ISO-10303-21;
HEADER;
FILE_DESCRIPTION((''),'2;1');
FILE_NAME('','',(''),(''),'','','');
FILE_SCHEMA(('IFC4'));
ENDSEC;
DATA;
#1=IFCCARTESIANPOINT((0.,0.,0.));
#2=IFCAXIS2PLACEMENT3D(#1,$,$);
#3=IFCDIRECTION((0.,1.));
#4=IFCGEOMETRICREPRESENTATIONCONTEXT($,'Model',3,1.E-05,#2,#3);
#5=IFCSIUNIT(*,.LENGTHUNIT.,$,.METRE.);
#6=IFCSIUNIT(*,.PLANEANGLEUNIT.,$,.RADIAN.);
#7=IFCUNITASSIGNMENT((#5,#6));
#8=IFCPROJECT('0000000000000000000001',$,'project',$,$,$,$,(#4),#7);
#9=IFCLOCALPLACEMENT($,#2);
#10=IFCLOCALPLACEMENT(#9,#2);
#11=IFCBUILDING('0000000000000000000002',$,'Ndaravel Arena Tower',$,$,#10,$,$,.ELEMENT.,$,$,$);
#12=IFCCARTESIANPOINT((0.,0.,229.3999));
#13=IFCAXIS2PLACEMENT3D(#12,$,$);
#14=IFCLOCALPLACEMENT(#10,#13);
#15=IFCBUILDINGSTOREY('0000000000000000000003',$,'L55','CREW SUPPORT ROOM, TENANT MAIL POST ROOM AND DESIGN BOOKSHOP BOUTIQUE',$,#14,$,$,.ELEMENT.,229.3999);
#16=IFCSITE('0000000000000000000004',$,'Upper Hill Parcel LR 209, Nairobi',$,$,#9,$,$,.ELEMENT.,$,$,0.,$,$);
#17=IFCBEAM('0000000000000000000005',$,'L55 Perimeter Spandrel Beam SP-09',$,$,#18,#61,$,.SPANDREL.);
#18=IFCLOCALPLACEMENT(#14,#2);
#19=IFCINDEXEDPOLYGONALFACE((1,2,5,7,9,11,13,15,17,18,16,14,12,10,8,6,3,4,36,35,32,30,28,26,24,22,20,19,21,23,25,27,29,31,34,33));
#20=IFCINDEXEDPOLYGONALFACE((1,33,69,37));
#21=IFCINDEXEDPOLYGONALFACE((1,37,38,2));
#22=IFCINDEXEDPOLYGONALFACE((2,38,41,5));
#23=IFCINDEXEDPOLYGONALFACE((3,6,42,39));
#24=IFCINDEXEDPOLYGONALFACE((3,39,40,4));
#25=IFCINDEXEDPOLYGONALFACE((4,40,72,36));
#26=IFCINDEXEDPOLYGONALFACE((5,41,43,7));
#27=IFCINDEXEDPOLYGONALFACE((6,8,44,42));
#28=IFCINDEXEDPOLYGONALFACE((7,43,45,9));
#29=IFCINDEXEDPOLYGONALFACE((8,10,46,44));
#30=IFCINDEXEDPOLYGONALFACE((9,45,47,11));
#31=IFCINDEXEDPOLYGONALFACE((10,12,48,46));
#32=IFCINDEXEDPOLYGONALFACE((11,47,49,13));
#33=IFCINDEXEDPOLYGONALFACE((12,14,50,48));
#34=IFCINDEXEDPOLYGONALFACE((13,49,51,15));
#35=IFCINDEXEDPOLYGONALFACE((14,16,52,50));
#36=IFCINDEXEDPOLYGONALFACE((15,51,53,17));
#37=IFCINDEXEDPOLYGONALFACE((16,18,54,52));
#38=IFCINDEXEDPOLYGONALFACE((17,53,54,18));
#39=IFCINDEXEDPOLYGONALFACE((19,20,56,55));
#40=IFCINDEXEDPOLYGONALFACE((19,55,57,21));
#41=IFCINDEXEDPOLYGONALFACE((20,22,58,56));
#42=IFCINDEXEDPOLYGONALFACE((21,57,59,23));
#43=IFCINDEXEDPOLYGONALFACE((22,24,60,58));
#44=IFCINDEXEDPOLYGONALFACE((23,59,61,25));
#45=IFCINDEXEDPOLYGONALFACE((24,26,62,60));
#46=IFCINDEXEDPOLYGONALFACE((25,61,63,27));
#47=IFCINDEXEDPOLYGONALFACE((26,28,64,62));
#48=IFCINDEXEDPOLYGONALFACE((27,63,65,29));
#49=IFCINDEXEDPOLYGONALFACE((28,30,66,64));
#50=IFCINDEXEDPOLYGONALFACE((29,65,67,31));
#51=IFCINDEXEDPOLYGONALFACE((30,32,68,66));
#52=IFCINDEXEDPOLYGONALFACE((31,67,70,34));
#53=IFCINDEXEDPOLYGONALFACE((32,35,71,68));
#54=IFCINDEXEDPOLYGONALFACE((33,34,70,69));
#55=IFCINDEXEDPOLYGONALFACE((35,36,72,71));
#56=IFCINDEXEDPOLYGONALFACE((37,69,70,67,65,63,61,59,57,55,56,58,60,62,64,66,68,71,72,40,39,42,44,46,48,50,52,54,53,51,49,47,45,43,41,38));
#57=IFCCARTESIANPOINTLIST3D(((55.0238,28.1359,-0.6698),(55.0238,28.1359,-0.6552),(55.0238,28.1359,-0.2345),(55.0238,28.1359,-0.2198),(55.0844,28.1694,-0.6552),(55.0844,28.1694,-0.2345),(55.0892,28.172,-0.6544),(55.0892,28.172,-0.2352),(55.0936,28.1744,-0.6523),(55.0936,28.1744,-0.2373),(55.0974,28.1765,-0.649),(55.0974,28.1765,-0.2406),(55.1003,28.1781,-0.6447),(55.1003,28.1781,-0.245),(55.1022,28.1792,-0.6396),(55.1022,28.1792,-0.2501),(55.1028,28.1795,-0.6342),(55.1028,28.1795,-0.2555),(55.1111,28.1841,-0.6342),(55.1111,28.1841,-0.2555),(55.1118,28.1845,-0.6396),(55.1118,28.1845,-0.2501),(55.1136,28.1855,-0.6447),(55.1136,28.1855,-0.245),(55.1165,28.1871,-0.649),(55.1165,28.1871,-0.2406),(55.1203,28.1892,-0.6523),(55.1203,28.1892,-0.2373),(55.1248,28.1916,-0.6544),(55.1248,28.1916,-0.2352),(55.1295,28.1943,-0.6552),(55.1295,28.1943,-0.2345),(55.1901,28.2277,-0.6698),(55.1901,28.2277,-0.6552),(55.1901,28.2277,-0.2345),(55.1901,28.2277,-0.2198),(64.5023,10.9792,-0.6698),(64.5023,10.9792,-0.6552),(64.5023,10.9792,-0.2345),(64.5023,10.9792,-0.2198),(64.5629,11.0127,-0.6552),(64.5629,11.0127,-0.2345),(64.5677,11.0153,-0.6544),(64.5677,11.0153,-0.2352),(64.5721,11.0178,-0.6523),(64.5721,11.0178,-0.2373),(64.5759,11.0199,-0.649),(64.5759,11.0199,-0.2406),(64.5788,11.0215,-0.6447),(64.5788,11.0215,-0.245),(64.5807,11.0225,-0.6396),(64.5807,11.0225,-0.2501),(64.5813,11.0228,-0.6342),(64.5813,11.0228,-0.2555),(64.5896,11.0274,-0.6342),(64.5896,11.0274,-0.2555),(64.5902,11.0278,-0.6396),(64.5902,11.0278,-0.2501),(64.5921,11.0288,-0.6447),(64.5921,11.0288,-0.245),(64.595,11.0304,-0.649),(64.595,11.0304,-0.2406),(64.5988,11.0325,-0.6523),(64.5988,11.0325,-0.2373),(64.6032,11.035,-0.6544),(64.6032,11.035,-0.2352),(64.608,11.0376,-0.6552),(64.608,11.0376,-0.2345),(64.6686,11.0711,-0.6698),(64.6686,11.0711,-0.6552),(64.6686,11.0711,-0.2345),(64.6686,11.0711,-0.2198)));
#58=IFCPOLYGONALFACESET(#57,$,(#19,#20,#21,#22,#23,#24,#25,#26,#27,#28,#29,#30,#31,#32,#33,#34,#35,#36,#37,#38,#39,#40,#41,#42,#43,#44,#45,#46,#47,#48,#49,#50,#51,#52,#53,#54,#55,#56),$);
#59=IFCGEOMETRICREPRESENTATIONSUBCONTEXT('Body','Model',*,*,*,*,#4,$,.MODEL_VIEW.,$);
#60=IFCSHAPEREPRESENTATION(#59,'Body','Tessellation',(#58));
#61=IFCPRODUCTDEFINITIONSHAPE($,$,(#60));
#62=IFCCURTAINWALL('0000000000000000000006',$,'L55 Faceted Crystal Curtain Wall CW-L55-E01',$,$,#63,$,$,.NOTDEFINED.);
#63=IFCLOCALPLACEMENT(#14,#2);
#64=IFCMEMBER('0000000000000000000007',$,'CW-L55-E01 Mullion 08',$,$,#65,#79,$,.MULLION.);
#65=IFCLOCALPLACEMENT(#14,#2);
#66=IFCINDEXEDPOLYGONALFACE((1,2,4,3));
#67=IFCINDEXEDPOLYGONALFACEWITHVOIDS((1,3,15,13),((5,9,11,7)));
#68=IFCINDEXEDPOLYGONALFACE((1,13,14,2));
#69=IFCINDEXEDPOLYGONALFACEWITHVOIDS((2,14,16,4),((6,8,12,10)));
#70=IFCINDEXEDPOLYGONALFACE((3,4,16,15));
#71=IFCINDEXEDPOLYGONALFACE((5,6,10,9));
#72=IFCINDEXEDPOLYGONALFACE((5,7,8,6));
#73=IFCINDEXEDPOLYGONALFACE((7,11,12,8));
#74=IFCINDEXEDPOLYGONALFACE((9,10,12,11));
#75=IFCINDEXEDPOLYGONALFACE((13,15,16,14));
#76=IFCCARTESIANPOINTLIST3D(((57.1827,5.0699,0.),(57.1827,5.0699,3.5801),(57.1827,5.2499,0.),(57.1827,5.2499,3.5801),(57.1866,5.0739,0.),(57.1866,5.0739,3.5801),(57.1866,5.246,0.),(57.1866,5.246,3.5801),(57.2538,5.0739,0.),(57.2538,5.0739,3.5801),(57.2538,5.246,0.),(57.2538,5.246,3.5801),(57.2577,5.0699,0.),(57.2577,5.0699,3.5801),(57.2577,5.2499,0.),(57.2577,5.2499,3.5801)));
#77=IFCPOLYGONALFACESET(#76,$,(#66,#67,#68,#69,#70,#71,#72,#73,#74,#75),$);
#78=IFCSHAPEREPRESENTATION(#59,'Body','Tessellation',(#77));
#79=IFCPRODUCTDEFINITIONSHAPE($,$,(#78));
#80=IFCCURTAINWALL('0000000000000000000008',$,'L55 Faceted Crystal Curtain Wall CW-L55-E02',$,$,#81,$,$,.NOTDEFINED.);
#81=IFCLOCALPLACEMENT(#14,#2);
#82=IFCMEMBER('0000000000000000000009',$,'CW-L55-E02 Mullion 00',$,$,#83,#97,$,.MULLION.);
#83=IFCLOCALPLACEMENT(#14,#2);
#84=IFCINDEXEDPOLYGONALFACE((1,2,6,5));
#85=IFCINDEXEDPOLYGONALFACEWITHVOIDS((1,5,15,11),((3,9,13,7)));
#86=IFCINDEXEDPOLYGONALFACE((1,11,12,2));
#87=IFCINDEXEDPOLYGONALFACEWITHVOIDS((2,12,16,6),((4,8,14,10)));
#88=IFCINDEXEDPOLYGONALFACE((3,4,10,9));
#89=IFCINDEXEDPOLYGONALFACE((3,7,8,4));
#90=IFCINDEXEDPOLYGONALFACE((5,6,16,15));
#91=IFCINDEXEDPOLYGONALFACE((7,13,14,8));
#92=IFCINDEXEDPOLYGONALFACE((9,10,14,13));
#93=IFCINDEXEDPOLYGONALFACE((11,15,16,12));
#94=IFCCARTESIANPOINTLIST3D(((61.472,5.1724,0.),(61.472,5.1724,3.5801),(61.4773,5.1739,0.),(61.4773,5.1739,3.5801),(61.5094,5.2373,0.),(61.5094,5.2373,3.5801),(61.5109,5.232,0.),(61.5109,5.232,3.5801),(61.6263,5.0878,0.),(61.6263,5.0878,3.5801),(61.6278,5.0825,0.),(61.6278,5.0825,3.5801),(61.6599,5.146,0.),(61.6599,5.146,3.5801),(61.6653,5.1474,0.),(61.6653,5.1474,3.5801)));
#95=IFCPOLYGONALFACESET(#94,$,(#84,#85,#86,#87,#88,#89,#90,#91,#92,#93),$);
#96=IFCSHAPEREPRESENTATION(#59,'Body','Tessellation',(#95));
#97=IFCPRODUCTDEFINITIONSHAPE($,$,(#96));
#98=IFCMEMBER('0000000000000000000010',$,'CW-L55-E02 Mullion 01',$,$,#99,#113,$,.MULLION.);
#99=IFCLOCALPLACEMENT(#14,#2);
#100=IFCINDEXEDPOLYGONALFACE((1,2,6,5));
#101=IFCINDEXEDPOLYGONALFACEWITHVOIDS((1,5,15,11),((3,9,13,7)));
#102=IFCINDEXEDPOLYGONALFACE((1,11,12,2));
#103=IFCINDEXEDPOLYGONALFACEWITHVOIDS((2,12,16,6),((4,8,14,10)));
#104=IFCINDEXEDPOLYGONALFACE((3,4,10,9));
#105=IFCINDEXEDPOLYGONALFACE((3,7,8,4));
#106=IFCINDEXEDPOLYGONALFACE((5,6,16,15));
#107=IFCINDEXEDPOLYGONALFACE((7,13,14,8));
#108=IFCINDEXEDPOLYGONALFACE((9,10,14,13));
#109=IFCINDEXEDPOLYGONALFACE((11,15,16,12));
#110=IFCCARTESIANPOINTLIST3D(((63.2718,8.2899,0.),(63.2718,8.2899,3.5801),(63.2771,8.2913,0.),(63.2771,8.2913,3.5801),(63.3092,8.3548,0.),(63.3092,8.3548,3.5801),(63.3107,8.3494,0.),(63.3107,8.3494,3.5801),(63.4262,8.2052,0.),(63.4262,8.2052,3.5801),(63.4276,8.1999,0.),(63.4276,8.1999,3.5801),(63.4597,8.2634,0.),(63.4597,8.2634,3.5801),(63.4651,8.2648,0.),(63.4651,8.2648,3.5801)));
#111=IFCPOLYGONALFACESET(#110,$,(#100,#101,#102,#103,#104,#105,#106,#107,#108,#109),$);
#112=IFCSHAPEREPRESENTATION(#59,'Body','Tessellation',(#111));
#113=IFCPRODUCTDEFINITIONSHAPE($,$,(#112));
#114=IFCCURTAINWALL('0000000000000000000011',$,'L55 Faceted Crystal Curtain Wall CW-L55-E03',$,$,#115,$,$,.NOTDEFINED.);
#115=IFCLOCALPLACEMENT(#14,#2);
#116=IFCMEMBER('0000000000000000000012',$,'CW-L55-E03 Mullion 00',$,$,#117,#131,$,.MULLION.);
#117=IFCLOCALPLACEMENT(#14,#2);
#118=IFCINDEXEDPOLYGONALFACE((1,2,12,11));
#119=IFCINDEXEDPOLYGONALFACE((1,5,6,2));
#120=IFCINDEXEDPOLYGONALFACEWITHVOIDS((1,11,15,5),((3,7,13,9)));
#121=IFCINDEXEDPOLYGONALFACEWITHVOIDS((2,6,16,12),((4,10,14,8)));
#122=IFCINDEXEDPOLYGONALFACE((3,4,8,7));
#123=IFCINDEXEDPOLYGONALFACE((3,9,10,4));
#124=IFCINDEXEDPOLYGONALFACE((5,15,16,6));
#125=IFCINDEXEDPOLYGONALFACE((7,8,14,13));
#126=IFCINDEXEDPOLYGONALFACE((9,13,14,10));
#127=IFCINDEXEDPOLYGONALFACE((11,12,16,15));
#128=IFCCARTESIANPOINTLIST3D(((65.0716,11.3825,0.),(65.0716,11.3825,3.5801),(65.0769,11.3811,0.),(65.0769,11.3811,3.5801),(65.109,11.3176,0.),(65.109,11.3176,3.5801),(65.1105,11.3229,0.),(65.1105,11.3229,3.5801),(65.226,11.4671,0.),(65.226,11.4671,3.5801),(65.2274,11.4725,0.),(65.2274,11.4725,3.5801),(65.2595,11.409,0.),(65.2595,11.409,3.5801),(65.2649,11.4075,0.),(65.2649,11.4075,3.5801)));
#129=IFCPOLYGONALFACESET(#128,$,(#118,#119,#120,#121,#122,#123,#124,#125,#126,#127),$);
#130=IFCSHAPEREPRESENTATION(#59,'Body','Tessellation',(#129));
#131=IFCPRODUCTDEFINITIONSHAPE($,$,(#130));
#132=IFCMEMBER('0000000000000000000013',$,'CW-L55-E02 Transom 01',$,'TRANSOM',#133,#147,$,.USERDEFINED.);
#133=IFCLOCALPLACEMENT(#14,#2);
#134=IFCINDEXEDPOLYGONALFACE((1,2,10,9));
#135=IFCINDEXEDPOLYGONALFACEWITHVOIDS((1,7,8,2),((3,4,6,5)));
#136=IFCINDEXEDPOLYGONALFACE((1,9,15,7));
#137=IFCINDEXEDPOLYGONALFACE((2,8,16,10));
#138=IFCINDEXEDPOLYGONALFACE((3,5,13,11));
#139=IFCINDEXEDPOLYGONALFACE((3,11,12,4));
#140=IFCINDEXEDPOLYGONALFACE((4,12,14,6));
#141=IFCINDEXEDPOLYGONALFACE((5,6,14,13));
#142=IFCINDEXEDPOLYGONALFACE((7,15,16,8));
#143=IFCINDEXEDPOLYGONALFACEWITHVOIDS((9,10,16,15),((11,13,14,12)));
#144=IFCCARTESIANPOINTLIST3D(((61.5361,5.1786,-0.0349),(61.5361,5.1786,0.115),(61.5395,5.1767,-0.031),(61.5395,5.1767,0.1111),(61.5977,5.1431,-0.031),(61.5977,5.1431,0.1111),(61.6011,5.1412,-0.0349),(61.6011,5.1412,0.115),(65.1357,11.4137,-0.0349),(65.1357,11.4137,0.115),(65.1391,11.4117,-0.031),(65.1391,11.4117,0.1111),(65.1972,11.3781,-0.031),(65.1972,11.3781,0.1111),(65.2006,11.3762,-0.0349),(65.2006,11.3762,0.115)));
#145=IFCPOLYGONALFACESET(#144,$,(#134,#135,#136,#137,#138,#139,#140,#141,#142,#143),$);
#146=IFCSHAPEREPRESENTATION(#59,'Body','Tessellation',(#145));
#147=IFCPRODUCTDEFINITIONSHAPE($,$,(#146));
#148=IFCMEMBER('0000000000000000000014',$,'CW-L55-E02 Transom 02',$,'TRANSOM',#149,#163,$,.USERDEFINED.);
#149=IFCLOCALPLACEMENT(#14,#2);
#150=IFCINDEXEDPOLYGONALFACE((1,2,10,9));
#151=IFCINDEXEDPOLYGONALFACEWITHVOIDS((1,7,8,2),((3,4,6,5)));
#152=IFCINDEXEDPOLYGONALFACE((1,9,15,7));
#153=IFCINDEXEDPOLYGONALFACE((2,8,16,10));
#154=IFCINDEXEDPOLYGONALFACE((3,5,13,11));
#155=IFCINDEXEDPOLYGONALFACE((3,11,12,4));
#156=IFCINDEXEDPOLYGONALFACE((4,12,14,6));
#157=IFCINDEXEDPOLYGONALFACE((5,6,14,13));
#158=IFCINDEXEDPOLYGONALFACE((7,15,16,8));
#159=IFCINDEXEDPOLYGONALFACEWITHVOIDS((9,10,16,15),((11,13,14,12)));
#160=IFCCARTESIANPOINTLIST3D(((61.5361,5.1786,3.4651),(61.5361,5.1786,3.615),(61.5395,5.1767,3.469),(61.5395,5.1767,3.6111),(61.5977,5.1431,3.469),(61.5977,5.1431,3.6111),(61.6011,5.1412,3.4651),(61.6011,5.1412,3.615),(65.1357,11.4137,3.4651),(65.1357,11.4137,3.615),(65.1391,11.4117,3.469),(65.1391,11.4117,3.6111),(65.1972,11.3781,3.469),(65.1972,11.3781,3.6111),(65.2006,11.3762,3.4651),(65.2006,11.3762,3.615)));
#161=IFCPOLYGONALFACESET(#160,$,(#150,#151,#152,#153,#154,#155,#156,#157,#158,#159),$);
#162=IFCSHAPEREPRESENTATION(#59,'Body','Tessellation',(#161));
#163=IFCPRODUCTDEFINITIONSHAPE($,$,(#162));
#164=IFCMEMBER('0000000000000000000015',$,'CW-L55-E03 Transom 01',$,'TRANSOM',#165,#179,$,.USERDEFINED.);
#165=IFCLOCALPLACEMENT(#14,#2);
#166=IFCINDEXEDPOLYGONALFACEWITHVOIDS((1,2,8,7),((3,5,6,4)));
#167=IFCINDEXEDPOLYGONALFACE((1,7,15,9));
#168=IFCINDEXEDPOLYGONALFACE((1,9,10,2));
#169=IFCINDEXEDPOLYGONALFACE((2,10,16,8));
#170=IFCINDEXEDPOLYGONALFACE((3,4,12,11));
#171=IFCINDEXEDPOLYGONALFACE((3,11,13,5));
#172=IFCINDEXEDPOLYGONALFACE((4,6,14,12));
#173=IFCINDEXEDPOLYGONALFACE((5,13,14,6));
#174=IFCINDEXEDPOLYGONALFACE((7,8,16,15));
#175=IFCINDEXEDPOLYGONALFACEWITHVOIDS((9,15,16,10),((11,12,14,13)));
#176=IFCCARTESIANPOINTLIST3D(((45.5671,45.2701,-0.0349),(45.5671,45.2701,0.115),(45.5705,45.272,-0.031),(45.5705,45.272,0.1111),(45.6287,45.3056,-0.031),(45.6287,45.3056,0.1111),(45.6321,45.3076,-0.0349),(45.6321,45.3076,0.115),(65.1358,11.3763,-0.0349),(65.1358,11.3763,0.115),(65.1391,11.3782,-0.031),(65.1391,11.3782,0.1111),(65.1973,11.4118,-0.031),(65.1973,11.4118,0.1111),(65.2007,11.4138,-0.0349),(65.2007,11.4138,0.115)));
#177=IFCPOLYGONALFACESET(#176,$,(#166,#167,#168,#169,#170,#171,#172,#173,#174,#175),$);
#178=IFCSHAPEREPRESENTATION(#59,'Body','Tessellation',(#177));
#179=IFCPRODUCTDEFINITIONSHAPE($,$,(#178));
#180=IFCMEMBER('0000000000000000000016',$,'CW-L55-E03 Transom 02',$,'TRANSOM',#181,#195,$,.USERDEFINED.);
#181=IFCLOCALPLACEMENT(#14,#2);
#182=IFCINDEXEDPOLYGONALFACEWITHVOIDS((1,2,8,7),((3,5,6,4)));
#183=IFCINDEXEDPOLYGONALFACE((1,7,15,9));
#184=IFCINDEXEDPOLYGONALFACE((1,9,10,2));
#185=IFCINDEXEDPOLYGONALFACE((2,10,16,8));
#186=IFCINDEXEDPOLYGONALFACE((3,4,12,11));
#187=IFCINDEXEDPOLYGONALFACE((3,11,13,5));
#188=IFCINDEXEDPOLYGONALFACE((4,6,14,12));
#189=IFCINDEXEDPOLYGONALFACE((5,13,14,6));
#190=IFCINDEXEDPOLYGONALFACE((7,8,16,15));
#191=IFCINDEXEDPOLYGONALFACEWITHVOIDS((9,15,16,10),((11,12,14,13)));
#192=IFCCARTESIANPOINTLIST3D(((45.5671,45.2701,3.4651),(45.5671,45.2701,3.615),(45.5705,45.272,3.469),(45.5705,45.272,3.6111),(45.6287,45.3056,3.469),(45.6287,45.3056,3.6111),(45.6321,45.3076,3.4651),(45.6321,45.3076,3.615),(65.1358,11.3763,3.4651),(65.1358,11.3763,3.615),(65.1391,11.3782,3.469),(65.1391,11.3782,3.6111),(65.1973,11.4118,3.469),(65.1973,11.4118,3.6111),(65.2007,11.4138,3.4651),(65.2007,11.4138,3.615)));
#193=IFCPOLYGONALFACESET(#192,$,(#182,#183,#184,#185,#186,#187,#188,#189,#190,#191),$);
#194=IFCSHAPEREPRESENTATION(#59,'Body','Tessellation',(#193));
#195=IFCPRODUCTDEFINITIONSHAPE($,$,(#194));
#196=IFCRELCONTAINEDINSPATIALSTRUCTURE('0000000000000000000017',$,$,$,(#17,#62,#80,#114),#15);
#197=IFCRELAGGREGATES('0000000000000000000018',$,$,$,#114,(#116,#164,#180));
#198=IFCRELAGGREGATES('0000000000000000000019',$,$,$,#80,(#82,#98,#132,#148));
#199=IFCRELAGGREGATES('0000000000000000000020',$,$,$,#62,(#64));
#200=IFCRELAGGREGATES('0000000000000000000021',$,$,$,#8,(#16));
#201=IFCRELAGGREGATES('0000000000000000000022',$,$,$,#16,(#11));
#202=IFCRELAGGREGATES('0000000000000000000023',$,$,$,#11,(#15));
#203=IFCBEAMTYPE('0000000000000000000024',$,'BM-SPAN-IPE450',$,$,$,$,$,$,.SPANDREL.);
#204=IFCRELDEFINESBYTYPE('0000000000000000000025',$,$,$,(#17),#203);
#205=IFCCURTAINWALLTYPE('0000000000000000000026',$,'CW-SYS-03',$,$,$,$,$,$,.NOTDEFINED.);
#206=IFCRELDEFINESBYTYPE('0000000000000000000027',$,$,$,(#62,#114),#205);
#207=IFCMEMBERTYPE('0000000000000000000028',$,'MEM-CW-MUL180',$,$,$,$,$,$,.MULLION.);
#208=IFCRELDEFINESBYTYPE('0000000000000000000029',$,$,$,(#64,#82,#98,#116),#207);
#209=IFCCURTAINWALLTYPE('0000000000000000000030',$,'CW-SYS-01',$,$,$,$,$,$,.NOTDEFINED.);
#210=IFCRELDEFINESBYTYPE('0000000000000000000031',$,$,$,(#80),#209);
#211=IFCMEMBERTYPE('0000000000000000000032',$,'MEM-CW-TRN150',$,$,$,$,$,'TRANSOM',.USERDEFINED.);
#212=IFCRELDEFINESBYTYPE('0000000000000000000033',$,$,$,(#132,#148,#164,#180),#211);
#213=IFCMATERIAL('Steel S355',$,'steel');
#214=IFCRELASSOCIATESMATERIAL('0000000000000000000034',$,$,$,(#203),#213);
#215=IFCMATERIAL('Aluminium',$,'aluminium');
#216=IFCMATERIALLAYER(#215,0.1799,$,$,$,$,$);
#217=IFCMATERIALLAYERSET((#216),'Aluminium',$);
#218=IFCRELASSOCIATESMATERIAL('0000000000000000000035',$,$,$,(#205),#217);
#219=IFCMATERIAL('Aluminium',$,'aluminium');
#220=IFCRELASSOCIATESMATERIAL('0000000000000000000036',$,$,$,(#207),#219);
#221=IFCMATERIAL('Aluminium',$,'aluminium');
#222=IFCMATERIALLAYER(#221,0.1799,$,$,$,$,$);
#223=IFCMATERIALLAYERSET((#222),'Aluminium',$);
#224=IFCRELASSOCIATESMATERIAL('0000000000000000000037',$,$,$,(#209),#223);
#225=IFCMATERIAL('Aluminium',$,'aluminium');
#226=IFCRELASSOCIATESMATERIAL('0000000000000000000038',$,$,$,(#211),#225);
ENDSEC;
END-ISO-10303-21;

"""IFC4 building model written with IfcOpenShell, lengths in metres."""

from ifc_helpers import new_model, si_unit, direction, frame, origin, origin_2d, place, context, subcontext, project, spatial, hollow_rectangle, i_section, extrude, material, layer, layer_set, material_profile, profile_set, type_object, element, aggregate, save


model = new_model("IFC4")

# Units and contexts
model_context = context("Model", 3, precision=1e-05, world=origin(), true_north=direction((0.0, 1.0)))
body_context = subcontext(model_context, "Body", "Model", "MODEL_VIEW")
ifc_project = project(units=[si_unit("LENGTHUNIT", "METRE"), si_unit("PLANEANGLEUNIT", "RADIAN")], contexts=[model_context])

# Site, building, storey
site_placement = place(None, origin())
site = spatial("IfcSite", under=ifc_project, at=site_placement, Name="Upper Hill Parcel LR 209, Nairobi", CompositionType="ELEMENT", RefElevation=0.0)
building_placement = place(site_placement, origin())
building = spatial("IfcBuilding", under=site, at=building_placement, Name="Ndaravel Arena Tower", CompositionType="ELEMENT")
storey_placement = place(building_placement, frame((0.0, 0.0, 229.3999)))
storey = spatial("IfcBuildingStorey", under=building, at=storey_placement, Name="L55", Description="CREW SUPPORT ROOM, TENANT MAIL POST ROOM AND DESIGN BOOKSHOP BOUTIQUE", CompositionType="ELEMENT", Elevation=229.3999)

# Beam
ifc_material_1 = material(Name="Steel S355", Category="steel")
ifc_material_profile_1 = material_profile(ifc_material_1, i_section(OverallWidth=0.1899, OverallDepth=0.45, WebThickness=0.0095, FlangeThickness=0.0146, FilletRadius=0.021, at=origin_2d()), Name="IPE 450")
ifc_profile_set_1 = profile_set([ifc_material_profile_1], Name="Steel S355")
beam_type = type_object("IfcBeamType", Name="BM-SPAN-IPE450", PredefinedType="SPANDREL", material=ifc_profile_set_1)
beam_1_placement = place(storey_placement, frame((64.5854, 11.0251, -0.4448), z_axis=(-0.483575, 0.875303, 0.0), x_axis=(-0.875303, -0.483575, 0.0)))
element("IfcBeam", 1, at=beam_1_placement, inside=storey, type_object=beam_type, Name="L55 Perimeter Spandrel Beam SP-09", PredefinedType="SPANDREL", context=body_context, shape_type="SweptSolid", body=[
    extrude(i_section(OverallWidth=0.1899, OverallDepth=0.45, WebThickness=0.0095, FlangeThickness=0.0146, FilletRadius=0.021, at=origin_2d()), origin(), (0.0, 0.0, 1.0), 19.6008),
])

# Curtain wall, member
ifc_material_2 = material(Name="Aluminium", Category="aluminium")
ifc_layer_1 = layer(ifc_material_2, 0.1799)
ifc_layer_set_1 = layer_set([ifc_layer_1], Name="Aluminium")
curtain_wall_type_1 = type_object("IfcCurtainWallType", Name="CW-SYS-03", PredefinedType="NOTDEFINED", material=ifc_layer_set_1)
curtain_wall_1_placement = place(storey_placement, origin())
curtain_wall_1 = element("IfcCurtainWall", 2, at=curtain_wall_1_placement, inside=storey, type_object=curtain_wall_type_1, Name="L55 Faceted Crystal Curtain Wall CW-L55-E01", PredefinedType="NOTDEFINED")
ifc_material_3 = material(Name="Aluminium", Category="aluminium")
ifc_material_profile_2 = material_profile(ifc_material_3, hollow_rectangle(XDim=0.075, YDim=0.1799, WallThickness=0.0039, at=origin_2d()), Name="CW MULLION 75x180x4")
ifc_profile_set_2 = profile_set([ifc_material_profile_2], Name="Aluminium")
member_type_1 = type_object("IfcMemberType", Name="MEM-CW-MUL180", PredefinedType="MULLION", material=ifc_profile_set_2)
member_1_placement = place(storey_placement, frame((57.2202, 5.1599, 0.0), z_axis=(0.0, 0.0, 1.0), x_axis=(1.0, 0.0, 0.0)))
member_1 = element("IfcMember", 3, at=member_1_placement, type_object=member_type_1, Name="CW-L55-E01 Mullion 08", PredefinedType="MULLION", context=body_context, shape_type="SweptSolid", body=[
    extrude(hollow_rectangle(XDim=0.075, YDim=0.1799, WallThickness=0.0039, at=origin_2d()), origin(), (0.0, 0.0, 1.0), 3.5801),
])

# Curtain wall, members
ifc_material_4 = material(Name="Aluminium", Category="aluminium")
ifc_layer_2 = layer(ifc_material_4, 0.1799)
ifc_layer_set_2 = layer_set([ifc_layer_2], Name="Aluminium")
curtain_wall_type_2 = type_object("IfcCurtainWallType", Name="CW-SYS-01", PredefinedType="NOTDEFINED", material=ifc_layer_set_2)
curtain_wall_2_placement = place(storey_placement, origin())
curtain_wall_2 = element("IfcCurtainWall", 4, at=curtain_wall_2_placement, inside=storey, type_object=curtain_wall_type_2, Name="L55 Faceted Crystal Curtain Wall CW-L55-E02", PredefinedType="NOTDEFINED")
member_2_placement = place(storey_placement, frame((61.5686, 5.1599, 0.0), z_axis=(0.0, 0.0, 1.0), x_axis=(0.499985, 0.866034, 0.0)))
member_2 = element("IfcMember", 5, at=member_2_placement, type_object=member_type_1, Name="CW-L55-E02 Mullion 00", PredefinedType="MULLION", context=body_context, shape_type="SweptSolid", body=[
    extrude(hollow_rectangle(XDim=0.075, YDim=0.1799, WallThickness=0.0039, at=origin_2d()), origin(), (0.0, 0.0, 1.0), 3.5801),
])
member_3_placement = place(storey_placement, frame((63.3684, 8.2773, 0.0), z_axis=(0.0, 0.0, 1.0), x_axis=(0.499985, 0.866034, 0.0)))
member_3 = element("IfcMember", 6, at=member_3_placement, type_object=member_type_1, Name="CW-L55-E02 Mullion 01", PredefinedType="MULLION", context=body_context, shape_type="SweptSolid", body=[
    extrude(hollow_rectangle(XDim=0.075, YDim=0.1799, WallThickness=0.0039, at=origin_2d()), origin(), (0.0, 0.0, 1.0), 3.5801),
])

# Curtain wall, member
curtain_wall_3_placement = place(storey_placement, origin())
curtain_wall_3 = element("IfcCurtainWall", 7, at=curtain_wall_3_placement, inside=storey, type_object=curtain_wall_type_1, Name="L55 Faceted Crystal Curtain Wall CW-L55-E03", PredefinedType="NOTDEFINED")
member_4_placement = place(storey_placement, frame((65.1682, 11.395, 0.0), z_axis=(0.0, 0.0, 1.0), x_axis=(-0.5, 0.866025, 0.0)))
member_4 = element("IfcMember", 8, at=member_4_placement, type_object=member_type_1, Name="CW-L55-E03 Mullion 00", PredefinedType="MULLION", context=body_context, shape_type="SweptSolid", body=[
    extrude(hollow_rectangle(XDim=0.075, YDim=0.1799, WallThickness=0.0039, at=origin_2d()), origin(), (0.0, 0.0, 1.0), 3.5801),
])

# Members
ifc_material_5 = material(Name="Aluminium", Category="aluminium")
ifc_material_profile_3 = material_profile(ifc_material_5, hollow_rectangle(XDim=0.075, YDim=0.1499, WallThickness=0.0039, at=origin_2d()), Name="CW TRANSOM 75x150x4")
ifc_profile_set_3 = profile_set([ifc_material_profile_3], Name="Aluminium")
member_type_2 = type_object("IfcMemberType", Name="MEM-CW-TRN150", ElementType="TRANSOM", PredefinedType="USERDEFINED", material=ifc_profile_set_3)
member_5_placement = place(storey_placement, frame((61.5686, 5.1599, 0.04), z_axis=(0.499976, 0.866039, 0.0), x_axis=(-0.866039, 0.499976, 0.0)))
member_5 = element("IfcMember", 9, at=member_5_placement, type_object=member_type_2, Name="CW-L55-E02 Transom 01", ObjectType="TRANSOM", PredefinedType="USERDEFINED", context=body_context, shape_type="SweptSolid", body=[
    extrude(hollow_rectangle(XDim=0.075, YDim=0.1499, WallThickness=0.0039, at=origin_2d()), origin(), (0.0, 0.0, 1.0), 7.1995),
])
member_6_placement = place(storey_placement, frame((61.5686, 5.1599, 3.54), z_axis=(0.499976, 0.866039, 0.0), x_axis=(-0.866039, 0.499976, 0.0)))
member_6 = element("IfcMember", 10, at=member_6_placement, type_object=member_type_2, Name="CW-L55-E02 Transom 02", ObjectType="TRANSOM", PredefinedType="USERDEFINED", context=body_context, shape_type="SweptSolid", body=[
    extrude(hollow_rectangle(XDim=0.075, YDim=0.1499, WallThickness=0.0039, at=origin_2d()), origin(), (0.0, 0.0, 1.0), 7.1995),
])
member_7_placement = place(storey_placement, frame((65.1682, 11.395, 0.04), z_axis=(-0.5, 0.866025, 0.0), x_axis=(-0.866025, -0.5, 0.0)))
member_7 = element("IfcMember", 11, at=member_7_placement, type_object=member_type_2, Name="CW-L55-E03 Transom 01", ObjectType="TRANSOM", PredefinedType="USERDEFINED", context=body_context, shape_type="SweptSolid", body=[
    extrude(hollow_rectangle(XDim=0.075, YDim=0.1499, WallThickness=0.0039, at=origin_2d()), origin(), (0.0, 0.0, 1.0), 39.1372),
])
member_8_placement = place(storey_placement, frame((65.1682, 11.395, 3.54), z_axis=(-0.5, 0.866025, 0.0), x_axis=(-0.866025, -0.5, 0.0)))
member_8 = element("IfcMember", 12, at=member_8_placement, type_object=member_type_2, Name="CW-L55-E03 Transom 02", ObjectType="TRANSOM", PredefinedType="USERDEFINED", context=body_context, shape_type="SweptSolid", body=[
    extrude(hollow_rectangle(XDim=0.075, YDim=0.1499, WallThickness=0.0039, at=origin_2d()), origin(), (0.0, 0.0, 1.0), 39.1372),
])
aggregate(curtain_wall_3, [member_4, member_7, member_8])

aggregate(curtain_wall_2, [member_2, member_3, member_5, member_6])
aggregate(curtain_wall_1, [member_1])

save(model, "model.ifc")
